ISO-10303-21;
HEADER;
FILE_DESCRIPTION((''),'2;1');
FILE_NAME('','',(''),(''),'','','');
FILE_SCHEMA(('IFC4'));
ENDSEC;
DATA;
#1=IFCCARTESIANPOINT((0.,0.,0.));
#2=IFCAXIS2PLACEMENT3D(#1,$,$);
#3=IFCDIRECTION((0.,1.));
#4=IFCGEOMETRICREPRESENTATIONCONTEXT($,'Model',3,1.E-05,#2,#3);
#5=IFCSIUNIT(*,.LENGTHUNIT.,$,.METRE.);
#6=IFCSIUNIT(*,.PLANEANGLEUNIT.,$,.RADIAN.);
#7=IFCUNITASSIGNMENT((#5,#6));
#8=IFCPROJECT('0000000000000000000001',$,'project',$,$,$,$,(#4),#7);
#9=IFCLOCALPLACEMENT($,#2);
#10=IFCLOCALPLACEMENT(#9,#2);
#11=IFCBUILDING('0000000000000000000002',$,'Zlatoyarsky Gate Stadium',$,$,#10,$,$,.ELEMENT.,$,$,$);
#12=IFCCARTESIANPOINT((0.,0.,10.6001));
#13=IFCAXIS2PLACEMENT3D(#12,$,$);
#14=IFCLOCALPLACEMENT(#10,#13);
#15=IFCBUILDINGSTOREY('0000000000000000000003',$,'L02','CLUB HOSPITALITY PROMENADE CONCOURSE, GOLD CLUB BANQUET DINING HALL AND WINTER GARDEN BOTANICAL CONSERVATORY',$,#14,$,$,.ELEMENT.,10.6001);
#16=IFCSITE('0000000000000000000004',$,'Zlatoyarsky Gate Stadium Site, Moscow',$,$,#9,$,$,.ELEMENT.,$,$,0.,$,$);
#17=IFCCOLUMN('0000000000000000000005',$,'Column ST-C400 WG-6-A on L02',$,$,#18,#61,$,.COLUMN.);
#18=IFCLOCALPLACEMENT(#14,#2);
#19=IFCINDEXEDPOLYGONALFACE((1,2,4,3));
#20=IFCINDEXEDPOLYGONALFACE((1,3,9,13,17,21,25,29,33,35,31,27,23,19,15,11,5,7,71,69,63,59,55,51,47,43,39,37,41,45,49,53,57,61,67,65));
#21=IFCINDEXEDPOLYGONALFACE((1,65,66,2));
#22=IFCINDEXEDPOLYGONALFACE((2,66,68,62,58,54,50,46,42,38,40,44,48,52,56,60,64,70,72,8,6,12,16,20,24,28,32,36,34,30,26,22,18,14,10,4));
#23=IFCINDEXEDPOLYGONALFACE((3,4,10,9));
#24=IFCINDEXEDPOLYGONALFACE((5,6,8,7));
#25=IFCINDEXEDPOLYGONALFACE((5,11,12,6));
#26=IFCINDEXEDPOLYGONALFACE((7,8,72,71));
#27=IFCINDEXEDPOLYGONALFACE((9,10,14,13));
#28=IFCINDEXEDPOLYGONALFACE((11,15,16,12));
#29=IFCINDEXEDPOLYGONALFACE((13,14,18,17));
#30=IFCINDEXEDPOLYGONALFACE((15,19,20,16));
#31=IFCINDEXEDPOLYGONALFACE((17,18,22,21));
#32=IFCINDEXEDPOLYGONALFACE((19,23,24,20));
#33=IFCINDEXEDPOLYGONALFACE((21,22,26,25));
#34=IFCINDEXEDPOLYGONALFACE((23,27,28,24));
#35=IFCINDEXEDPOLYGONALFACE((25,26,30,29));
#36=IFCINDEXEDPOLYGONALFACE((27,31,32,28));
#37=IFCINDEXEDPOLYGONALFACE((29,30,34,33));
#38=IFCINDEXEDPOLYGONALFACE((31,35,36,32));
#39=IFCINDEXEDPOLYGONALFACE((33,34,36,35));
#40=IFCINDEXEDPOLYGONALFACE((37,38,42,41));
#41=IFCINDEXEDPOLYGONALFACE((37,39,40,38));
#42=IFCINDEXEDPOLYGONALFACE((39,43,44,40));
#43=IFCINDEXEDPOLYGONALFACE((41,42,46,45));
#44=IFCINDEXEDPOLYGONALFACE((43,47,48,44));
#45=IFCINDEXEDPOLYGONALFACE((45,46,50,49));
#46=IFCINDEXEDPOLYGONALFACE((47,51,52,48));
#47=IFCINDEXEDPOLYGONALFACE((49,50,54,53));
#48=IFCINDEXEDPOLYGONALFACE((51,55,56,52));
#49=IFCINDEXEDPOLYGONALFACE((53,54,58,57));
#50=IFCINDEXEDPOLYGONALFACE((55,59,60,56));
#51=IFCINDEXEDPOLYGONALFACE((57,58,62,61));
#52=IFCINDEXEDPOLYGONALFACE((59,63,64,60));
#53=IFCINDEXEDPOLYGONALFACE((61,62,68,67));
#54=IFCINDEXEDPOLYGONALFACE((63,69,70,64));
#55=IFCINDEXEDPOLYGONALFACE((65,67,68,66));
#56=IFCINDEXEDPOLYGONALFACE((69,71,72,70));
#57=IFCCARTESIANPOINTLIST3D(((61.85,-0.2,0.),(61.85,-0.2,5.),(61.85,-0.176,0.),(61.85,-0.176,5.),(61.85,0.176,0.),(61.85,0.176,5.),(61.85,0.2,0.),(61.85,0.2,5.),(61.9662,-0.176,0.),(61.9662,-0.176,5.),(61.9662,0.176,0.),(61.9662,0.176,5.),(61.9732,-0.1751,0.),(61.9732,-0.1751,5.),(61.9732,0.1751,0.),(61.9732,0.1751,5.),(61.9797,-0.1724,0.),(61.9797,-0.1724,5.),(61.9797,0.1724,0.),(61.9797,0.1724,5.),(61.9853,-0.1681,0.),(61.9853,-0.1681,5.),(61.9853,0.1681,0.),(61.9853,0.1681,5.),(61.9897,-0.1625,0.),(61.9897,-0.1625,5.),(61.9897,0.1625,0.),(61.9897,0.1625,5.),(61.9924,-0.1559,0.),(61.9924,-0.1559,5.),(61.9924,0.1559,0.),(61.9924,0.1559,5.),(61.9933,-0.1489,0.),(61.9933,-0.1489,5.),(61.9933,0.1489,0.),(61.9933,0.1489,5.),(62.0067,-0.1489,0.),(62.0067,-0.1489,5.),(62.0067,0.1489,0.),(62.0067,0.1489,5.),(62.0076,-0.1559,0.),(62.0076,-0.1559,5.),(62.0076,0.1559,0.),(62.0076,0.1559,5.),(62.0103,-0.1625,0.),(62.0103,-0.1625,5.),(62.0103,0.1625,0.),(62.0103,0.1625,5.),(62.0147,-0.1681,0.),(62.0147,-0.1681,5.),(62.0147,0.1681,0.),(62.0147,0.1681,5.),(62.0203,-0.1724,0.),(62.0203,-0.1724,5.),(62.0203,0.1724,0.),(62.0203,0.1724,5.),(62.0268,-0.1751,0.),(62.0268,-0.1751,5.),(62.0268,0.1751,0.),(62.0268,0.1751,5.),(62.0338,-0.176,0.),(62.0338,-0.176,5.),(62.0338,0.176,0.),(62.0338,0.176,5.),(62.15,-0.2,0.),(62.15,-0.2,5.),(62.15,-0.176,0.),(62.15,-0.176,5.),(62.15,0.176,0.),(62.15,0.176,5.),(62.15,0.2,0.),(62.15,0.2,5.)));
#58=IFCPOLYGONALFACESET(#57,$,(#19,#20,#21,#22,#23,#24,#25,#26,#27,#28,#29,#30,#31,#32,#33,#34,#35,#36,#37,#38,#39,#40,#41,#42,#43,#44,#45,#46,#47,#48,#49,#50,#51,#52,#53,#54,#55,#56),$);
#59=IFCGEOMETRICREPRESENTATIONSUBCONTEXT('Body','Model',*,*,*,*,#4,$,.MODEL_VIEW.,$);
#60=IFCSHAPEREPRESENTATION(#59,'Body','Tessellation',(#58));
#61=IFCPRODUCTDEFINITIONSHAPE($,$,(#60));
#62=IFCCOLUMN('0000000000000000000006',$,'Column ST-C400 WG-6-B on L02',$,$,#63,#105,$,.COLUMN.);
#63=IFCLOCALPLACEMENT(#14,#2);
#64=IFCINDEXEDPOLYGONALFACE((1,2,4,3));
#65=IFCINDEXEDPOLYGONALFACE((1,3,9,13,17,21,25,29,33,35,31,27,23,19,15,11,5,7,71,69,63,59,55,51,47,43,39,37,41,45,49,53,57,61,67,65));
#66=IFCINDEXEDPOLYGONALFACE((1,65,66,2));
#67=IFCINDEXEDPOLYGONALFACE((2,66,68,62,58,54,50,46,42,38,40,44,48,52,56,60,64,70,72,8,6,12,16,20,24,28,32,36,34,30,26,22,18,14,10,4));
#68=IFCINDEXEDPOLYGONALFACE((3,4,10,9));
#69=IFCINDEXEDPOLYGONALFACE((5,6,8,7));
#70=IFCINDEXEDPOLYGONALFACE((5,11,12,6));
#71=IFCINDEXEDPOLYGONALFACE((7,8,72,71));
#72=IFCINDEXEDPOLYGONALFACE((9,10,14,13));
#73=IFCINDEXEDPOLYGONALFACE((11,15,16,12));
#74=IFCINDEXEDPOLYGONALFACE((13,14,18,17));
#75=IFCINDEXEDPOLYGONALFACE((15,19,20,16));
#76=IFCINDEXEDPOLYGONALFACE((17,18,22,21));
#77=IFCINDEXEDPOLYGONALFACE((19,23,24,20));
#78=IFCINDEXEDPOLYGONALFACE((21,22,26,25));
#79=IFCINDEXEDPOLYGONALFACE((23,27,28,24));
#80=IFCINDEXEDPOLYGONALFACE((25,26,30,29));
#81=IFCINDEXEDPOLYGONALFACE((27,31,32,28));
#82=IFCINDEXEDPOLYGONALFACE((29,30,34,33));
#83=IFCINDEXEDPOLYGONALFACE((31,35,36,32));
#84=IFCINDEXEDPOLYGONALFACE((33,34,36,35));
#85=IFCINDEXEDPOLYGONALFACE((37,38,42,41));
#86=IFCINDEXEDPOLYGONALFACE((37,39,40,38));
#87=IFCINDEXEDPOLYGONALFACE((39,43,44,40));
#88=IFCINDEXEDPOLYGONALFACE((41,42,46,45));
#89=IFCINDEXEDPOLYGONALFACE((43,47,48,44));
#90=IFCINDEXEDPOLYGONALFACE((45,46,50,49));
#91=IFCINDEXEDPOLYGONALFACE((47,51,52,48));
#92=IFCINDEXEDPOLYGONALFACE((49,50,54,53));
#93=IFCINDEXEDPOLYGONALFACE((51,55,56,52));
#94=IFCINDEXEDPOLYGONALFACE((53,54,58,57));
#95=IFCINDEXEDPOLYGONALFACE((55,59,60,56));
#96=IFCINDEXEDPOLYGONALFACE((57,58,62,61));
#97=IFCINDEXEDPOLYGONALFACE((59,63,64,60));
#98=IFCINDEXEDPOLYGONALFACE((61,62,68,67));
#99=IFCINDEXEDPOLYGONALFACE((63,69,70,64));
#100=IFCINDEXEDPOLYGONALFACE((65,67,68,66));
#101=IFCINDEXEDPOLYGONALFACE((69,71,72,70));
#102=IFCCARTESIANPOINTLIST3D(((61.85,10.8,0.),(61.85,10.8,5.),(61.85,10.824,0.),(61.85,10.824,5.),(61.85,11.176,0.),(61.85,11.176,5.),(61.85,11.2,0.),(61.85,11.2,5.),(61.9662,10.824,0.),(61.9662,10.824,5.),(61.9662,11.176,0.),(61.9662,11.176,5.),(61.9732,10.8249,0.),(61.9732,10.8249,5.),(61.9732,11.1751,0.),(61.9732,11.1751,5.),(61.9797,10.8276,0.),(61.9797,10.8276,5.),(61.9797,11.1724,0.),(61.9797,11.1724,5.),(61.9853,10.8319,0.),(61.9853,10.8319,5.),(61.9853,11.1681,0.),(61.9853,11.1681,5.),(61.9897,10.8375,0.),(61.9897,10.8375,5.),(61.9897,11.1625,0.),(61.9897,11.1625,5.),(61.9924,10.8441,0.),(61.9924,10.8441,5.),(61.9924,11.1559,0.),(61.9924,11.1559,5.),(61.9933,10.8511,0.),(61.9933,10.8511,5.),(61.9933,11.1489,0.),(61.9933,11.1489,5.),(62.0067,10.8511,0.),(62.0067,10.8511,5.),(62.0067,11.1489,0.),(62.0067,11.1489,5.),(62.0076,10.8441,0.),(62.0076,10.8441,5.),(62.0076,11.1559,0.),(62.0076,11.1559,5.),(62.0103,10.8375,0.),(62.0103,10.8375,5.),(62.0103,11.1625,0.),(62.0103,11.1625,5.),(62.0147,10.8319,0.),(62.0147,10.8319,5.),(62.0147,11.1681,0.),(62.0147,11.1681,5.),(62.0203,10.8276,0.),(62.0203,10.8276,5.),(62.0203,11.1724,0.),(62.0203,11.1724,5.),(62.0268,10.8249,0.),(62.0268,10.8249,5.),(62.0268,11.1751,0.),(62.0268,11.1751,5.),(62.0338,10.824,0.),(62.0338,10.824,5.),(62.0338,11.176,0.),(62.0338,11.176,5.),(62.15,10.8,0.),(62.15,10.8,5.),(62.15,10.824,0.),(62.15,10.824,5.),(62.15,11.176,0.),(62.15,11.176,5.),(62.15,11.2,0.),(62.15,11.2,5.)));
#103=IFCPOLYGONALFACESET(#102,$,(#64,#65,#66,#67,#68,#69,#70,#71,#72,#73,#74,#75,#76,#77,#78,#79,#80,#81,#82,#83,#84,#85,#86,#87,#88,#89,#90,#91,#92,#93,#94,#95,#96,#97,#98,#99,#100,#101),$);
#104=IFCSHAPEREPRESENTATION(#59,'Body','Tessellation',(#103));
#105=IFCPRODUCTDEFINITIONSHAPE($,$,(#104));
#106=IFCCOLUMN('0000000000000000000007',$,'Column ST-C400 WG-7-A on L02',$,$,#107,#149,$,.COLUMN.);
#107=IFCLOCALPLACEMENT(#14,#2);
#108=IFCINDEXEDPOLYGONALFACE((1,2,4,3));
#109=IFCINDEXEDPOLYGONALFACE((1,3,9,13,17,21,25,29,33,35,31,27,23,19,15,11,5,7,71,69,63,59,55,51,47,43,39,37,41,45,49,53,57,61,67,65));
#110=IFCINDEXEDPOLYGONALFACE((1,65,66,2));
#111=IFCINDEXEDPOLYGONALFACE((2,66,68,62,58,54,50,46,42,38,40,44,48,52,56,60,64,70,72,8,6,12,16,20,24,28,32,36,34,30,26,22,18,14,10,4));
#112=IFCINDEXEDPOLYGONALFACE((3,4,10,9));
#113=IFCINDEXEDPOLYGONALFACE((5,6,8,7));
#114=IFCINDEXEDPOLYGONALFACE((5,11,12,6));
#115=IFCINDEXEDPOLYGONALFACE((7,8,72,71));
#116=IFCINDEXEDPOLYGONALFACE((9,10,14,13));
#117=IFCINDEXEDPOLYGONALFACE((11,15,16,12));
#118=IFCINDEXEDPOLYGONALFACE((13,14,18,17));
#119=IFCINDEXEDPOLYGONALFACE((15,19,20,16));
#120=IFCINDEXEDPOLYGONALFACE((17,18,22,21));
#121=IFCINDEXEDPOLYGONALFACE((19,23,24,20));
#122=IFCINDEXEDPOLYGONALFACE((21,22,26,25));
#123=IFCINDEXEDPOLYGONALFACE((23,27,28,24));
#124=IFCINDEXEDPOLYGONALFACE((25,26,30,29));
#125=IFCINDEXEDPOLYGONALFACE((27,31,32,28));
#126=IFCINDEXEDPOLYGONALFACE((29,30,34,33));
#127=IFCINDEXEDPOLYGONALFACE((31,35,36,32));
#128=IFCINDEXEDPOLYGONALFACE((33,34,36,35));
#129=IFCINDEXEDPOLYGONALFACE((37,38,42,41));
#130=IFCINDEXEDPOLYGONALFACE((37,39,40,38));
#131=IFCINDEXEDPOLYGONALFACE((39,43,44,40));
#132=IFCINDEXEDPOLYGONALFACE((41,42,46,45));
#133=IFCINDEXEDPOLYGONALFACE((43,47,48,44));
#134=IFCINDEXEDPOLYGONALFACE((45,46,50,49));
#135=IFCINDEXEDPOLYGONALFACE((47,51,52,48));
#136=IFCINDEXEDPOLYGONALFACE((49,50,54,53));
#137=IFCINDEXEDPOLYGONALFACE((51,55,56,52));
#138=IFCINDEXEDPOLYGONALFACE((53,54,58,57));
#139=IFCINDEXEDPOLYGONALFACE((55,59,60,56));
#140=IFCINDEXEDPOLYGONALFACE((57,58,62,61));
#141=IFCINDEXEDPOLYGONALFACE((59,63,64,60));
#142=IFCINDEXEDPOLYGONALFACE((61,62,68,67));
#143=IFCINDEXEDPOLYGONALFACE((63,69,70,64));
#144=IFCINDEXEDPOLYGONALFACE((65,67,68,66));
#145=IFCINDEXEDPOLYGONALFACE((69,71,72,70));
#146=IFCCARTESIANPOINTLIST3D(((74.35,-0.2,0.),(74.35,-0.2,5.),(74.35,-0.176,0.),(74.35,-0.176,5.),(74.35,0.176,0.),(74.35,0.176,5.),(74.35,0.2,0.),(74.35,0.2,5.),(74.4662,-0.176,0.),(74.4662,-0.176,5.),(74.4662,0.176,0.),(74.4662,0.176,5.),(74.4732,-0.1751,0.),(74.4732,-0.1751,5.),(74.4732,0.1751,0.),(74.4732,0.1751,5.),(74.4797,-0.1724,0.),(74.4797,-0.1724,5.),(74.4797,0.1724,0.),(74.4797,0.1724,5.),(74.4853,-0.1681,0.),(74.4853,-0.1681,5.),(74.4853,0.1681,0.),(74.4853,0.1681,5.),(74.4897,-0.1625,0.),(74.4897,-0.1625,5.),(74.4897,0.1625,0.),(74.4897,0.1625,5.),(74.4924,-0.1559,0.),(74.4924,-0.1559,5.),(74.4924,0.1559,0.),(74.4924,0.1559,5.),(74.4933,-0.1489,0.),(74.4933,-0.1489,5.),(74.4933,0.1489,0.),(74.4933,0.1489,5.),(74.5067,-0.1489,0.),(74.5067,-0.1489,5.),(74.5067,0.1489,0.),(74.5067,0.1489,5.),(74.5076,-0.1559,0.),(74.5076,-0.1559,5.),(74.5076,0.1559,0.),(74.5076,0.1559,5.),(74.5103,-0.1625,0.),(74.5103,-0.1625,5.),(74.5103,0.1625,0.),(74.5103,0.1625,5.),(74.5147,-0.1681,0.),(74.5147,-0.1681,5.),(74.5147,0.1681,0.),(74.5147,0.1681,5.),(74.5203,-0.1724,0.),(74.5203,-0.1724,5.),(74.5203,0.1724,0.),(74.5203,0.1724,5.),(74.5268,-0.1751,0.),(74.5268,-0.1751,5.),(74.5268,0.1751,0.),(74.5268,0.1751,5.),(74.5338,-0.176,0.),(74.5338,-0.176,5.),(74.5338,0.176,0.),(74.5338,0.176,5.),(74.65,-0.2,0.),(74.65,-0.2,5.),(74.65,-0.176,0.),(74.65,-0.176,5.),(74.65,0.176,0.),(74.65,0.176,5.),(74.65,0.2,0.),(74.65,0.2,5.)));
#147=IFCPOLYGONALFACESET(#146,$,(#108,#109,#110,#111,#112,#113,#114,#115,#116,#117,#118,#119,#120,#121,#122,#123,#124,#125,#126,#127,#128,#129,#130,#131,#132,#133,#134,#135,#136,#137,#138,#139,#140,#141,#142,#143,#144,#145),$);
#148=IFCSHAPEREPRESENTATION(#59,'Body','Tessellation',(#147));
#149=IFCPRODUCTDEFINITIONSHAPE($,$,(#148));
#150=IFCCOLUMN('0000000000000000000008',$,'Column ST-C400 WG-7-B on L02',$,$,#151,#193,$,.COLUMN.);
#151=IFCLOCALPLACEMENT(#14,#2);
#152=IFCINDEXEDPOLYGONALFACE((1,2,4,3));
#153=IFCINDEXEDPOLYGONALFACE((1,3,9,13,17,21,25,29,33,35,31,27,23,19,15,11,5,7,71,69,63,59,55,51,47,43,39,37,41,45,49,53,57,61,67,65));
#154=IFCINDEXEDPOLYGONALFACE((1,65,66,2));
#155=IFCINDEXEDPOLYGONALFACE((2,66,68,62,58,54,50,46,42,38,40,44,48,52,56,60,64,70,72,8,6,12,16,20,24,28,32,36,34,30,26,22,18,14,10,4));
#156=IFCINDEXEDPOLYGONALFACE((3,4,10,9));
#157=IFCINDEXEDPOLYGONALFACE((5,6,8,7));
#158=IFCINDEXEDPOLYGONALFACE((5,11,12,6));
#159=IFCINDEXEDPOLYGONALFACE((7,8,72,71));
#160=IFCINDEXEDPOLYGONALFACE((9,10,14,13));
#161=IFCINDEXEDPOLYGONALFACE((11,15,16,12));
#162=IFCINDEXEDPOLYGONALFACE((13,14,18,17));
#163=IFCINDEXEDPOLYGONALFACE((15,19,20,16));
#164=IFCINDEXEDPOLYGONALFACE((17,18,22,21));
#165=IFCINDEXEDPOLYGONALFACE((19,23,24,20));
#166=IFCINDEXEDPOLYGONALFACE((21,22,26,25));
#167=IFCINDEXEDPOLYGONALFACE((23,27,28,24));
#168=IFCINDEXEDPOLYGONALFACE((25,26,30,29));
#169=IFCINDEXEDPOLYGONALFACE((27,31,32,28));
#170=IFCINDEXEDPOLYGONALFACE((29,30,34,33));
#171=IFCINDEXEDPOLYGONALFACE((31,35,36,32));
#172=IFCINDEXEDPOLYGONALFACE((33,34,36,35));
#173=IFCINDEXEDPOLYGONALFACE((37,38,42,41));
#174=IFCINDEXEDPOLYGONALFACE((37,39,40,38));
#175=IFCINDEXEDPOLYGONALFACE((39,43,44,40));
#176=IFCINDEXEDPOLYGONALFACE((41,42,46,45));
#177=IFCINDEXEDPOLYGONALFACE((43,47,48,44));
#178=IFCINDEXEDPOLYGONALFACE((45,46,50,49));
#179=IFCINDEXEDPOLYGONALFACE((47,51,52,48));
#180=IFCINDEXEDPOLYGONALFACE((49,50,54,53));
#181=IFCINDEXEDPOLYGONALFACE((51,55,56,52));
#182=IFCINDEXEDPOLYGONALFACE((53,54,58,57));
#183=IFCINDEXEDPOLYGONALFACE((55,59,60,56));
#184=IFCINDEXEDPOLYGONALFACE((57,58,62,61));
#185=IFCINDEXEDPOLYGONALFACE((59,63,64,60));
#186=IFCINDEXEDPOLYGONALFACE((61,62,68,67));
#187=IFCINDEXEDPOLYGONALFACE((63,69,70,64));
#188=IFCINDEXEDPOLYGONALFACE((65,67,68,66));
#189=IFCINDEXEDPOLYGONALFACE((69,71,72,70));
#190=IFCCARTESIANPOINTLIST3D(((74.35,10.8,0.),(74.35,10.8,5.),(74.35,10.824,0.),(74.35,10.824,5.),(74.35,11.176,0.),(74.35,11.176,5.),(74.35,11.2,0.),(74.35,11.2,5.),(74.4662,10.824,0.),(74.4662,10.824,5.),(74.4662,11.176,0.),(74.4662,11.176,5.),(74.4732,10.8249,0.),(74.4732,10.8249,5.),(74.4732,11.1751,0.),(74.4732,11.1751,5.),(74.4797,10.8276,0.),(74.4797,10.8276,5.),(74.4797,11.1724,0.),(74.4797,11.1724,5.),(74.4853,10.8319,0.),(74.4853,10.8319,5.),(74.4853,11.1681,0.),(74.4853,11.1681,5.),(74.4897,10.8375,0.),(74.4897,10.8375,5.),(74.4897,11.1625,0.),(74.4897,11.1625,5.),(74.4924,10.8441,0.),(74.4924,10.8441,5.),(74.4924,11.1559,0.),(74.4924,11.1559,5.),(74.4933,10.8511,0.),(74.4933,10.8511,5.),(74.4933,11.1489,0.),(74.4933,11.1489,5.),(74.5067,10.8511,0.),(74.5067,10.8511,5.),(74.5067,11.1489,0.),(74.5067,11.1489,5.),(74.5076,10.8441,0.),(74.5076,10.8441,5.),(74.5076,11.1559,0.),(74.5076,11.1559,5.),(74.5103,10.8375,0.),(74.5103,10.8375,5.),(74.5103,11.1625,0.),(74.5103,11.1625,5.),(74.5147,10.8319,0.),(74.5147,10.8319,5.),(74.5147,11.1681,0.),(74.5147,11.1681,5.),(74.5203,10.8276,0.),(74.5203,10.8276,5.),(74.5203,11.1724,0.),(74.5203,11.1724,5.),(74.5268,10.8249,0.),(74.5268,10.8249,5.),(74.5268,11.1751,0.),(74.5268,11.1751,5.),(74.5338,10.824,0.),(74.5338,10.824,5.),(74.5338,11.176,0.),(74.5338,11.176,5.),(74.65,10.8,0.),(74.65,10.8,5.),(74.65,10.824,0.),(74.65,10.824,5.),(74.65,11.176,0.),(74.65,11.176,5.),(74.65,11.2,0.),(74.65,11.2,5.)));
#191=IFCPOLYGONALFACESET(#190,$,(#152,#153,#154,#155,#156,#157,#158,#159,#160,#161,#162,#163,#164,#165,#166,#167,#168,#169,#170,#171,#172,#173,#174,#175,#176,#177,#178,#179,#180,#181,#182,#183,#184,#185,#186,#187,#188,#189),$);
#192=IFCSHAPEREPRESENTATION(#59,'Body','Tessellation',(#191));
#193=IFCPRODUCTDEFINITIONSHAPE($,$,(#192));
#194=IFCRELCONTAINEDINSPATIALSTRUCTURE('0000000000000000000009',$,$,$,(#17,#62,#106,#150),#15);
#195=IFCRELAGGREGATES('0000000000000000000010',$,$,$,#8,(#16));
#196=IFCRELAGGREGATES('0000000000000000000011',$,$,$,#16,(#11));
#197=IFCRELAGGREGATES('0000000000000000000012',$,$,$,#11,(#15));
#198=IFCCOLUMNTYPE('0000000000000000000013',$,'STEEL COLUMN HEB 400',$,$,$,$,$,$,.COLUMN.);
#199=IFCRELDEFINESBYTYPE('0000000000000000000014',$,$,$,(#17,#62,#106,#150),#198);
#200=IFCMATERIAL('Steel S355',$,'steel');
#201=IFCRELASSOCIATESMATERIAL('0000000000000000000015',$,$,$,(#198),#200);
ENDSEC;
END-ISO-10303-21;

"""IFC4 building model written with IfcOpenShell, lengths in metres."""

from ifc_helpers import new_model, si_unit, direction, frame, origin, origin_2d, place, context, subcontext, project, spatial, i_section, extrude, material, material_profile, profile_set, type_object, element, save


model = new_model("IFC4")

# Units and contexts
model_context = context("Model", 3, precision=1e-05, world=origin(), true_north=direction((0.0, 1.0)))
body_context = subcontext(model_context, "Body", "Model", "MODEL_VIEW")
ifc_project = project(units=[si_unit("LENGTHUNIT", "METRE"), si_unit("PLANEANGLEUNIT", "RADIAN")], contexts=[model_context])

# Site, building, storey
site_placement = place(None, origin())
site = spatial("IfcSite", under=ifc_project, at=site_placement, Name="Zlatoyarsky Gate Stadium Site, Moscow", CompositionType="ELEMENT", RefElevation=0.0)
building_placement = place(site_placement, origin())
building = spatial("IfcBuilding", under=site, at=building_placement, Name="Zlatoyarsky Gate Stadium", CompositionType="ELEMENT")
storey_placement = place(building_placement, frame((0.0, 0.0, 10.6001)))
storey = spatial("IfcBuildingStorey", under=building, at=storey_placement, Name="L02", Description="CLUB HOSPITALITY PROMENADE CONCOURSE, GOLD CLUB BANQUET DINING HALL AND WINTER GARDEN BOTANICAL CONSERVATORY", CompositionType="ELEMENT", Elevation=10.6001)

# Columns
ifc_material_1 = material(Name="Steel S355", Category="steel")
ifc_material_profile_1 = material_profile(ifc_material_1, i_section(OverallWidth=0.3, OverallDepth=0.3999, WebThickness=0.0134, FlangeThickness=0.0239, FilletRadius=0.0271, at=origin_2d()), Name="HEB 400")
ifc_profile_set_1 = profile_set([ifc_material_profile_1], Name="Steel S355")
column_type = type_object("IfcColumnType", Name="STEEL COLUMN HEB 400", PredefinedType="COLUMN", material=ifc_profile_set_1)
for number, where, z_axis, x_axis, name in (
    (1, (62.0, 0.0, 0.0), (0.0, 0.0, 1.0), (1.0, 0.0, 0.0), "Column ST-C400 WG-6-A on L02"),
    (2, (62.0, 11.0, 0.0), (0.0, 0.0, 1.0), (1.0, 0.0, 0.0), "Column ST-C400 WG-6-B on L02"),
    (3, (74.5, 0.0, 0.0), (0.0, 0.0, 1.0), (1.0, 0.0, 0.0), "Column ST-C400 WG-7-A on L02"),
    (4, (74.5, 11.0, 0.0), (0.0, 0.0, 1.0), (1.0, 0.0, 0.0), "Column ST-C400 WG-7-B on L02"),
):
    element("IfcColumn", number, at=place(storey_placement, frame(where, z_axis=z_axis, x_axis=x_axis)), inside=storey, type_object=column_type, Name=name, PredefinedType="COLUMN", context=body_context, shape_type="SweptSolid", body=[
        extrude(i_section(OverallWidth=0.3, OverallDepth=0.3999, WebThickness=0.0134, FlangeThickness=0.0239, FilletRadius=0.0271, at=origin_2d()), origin(), (0.0, 0.0, 1.0), 5.0),
    ])

save(model, "model.ifc")
